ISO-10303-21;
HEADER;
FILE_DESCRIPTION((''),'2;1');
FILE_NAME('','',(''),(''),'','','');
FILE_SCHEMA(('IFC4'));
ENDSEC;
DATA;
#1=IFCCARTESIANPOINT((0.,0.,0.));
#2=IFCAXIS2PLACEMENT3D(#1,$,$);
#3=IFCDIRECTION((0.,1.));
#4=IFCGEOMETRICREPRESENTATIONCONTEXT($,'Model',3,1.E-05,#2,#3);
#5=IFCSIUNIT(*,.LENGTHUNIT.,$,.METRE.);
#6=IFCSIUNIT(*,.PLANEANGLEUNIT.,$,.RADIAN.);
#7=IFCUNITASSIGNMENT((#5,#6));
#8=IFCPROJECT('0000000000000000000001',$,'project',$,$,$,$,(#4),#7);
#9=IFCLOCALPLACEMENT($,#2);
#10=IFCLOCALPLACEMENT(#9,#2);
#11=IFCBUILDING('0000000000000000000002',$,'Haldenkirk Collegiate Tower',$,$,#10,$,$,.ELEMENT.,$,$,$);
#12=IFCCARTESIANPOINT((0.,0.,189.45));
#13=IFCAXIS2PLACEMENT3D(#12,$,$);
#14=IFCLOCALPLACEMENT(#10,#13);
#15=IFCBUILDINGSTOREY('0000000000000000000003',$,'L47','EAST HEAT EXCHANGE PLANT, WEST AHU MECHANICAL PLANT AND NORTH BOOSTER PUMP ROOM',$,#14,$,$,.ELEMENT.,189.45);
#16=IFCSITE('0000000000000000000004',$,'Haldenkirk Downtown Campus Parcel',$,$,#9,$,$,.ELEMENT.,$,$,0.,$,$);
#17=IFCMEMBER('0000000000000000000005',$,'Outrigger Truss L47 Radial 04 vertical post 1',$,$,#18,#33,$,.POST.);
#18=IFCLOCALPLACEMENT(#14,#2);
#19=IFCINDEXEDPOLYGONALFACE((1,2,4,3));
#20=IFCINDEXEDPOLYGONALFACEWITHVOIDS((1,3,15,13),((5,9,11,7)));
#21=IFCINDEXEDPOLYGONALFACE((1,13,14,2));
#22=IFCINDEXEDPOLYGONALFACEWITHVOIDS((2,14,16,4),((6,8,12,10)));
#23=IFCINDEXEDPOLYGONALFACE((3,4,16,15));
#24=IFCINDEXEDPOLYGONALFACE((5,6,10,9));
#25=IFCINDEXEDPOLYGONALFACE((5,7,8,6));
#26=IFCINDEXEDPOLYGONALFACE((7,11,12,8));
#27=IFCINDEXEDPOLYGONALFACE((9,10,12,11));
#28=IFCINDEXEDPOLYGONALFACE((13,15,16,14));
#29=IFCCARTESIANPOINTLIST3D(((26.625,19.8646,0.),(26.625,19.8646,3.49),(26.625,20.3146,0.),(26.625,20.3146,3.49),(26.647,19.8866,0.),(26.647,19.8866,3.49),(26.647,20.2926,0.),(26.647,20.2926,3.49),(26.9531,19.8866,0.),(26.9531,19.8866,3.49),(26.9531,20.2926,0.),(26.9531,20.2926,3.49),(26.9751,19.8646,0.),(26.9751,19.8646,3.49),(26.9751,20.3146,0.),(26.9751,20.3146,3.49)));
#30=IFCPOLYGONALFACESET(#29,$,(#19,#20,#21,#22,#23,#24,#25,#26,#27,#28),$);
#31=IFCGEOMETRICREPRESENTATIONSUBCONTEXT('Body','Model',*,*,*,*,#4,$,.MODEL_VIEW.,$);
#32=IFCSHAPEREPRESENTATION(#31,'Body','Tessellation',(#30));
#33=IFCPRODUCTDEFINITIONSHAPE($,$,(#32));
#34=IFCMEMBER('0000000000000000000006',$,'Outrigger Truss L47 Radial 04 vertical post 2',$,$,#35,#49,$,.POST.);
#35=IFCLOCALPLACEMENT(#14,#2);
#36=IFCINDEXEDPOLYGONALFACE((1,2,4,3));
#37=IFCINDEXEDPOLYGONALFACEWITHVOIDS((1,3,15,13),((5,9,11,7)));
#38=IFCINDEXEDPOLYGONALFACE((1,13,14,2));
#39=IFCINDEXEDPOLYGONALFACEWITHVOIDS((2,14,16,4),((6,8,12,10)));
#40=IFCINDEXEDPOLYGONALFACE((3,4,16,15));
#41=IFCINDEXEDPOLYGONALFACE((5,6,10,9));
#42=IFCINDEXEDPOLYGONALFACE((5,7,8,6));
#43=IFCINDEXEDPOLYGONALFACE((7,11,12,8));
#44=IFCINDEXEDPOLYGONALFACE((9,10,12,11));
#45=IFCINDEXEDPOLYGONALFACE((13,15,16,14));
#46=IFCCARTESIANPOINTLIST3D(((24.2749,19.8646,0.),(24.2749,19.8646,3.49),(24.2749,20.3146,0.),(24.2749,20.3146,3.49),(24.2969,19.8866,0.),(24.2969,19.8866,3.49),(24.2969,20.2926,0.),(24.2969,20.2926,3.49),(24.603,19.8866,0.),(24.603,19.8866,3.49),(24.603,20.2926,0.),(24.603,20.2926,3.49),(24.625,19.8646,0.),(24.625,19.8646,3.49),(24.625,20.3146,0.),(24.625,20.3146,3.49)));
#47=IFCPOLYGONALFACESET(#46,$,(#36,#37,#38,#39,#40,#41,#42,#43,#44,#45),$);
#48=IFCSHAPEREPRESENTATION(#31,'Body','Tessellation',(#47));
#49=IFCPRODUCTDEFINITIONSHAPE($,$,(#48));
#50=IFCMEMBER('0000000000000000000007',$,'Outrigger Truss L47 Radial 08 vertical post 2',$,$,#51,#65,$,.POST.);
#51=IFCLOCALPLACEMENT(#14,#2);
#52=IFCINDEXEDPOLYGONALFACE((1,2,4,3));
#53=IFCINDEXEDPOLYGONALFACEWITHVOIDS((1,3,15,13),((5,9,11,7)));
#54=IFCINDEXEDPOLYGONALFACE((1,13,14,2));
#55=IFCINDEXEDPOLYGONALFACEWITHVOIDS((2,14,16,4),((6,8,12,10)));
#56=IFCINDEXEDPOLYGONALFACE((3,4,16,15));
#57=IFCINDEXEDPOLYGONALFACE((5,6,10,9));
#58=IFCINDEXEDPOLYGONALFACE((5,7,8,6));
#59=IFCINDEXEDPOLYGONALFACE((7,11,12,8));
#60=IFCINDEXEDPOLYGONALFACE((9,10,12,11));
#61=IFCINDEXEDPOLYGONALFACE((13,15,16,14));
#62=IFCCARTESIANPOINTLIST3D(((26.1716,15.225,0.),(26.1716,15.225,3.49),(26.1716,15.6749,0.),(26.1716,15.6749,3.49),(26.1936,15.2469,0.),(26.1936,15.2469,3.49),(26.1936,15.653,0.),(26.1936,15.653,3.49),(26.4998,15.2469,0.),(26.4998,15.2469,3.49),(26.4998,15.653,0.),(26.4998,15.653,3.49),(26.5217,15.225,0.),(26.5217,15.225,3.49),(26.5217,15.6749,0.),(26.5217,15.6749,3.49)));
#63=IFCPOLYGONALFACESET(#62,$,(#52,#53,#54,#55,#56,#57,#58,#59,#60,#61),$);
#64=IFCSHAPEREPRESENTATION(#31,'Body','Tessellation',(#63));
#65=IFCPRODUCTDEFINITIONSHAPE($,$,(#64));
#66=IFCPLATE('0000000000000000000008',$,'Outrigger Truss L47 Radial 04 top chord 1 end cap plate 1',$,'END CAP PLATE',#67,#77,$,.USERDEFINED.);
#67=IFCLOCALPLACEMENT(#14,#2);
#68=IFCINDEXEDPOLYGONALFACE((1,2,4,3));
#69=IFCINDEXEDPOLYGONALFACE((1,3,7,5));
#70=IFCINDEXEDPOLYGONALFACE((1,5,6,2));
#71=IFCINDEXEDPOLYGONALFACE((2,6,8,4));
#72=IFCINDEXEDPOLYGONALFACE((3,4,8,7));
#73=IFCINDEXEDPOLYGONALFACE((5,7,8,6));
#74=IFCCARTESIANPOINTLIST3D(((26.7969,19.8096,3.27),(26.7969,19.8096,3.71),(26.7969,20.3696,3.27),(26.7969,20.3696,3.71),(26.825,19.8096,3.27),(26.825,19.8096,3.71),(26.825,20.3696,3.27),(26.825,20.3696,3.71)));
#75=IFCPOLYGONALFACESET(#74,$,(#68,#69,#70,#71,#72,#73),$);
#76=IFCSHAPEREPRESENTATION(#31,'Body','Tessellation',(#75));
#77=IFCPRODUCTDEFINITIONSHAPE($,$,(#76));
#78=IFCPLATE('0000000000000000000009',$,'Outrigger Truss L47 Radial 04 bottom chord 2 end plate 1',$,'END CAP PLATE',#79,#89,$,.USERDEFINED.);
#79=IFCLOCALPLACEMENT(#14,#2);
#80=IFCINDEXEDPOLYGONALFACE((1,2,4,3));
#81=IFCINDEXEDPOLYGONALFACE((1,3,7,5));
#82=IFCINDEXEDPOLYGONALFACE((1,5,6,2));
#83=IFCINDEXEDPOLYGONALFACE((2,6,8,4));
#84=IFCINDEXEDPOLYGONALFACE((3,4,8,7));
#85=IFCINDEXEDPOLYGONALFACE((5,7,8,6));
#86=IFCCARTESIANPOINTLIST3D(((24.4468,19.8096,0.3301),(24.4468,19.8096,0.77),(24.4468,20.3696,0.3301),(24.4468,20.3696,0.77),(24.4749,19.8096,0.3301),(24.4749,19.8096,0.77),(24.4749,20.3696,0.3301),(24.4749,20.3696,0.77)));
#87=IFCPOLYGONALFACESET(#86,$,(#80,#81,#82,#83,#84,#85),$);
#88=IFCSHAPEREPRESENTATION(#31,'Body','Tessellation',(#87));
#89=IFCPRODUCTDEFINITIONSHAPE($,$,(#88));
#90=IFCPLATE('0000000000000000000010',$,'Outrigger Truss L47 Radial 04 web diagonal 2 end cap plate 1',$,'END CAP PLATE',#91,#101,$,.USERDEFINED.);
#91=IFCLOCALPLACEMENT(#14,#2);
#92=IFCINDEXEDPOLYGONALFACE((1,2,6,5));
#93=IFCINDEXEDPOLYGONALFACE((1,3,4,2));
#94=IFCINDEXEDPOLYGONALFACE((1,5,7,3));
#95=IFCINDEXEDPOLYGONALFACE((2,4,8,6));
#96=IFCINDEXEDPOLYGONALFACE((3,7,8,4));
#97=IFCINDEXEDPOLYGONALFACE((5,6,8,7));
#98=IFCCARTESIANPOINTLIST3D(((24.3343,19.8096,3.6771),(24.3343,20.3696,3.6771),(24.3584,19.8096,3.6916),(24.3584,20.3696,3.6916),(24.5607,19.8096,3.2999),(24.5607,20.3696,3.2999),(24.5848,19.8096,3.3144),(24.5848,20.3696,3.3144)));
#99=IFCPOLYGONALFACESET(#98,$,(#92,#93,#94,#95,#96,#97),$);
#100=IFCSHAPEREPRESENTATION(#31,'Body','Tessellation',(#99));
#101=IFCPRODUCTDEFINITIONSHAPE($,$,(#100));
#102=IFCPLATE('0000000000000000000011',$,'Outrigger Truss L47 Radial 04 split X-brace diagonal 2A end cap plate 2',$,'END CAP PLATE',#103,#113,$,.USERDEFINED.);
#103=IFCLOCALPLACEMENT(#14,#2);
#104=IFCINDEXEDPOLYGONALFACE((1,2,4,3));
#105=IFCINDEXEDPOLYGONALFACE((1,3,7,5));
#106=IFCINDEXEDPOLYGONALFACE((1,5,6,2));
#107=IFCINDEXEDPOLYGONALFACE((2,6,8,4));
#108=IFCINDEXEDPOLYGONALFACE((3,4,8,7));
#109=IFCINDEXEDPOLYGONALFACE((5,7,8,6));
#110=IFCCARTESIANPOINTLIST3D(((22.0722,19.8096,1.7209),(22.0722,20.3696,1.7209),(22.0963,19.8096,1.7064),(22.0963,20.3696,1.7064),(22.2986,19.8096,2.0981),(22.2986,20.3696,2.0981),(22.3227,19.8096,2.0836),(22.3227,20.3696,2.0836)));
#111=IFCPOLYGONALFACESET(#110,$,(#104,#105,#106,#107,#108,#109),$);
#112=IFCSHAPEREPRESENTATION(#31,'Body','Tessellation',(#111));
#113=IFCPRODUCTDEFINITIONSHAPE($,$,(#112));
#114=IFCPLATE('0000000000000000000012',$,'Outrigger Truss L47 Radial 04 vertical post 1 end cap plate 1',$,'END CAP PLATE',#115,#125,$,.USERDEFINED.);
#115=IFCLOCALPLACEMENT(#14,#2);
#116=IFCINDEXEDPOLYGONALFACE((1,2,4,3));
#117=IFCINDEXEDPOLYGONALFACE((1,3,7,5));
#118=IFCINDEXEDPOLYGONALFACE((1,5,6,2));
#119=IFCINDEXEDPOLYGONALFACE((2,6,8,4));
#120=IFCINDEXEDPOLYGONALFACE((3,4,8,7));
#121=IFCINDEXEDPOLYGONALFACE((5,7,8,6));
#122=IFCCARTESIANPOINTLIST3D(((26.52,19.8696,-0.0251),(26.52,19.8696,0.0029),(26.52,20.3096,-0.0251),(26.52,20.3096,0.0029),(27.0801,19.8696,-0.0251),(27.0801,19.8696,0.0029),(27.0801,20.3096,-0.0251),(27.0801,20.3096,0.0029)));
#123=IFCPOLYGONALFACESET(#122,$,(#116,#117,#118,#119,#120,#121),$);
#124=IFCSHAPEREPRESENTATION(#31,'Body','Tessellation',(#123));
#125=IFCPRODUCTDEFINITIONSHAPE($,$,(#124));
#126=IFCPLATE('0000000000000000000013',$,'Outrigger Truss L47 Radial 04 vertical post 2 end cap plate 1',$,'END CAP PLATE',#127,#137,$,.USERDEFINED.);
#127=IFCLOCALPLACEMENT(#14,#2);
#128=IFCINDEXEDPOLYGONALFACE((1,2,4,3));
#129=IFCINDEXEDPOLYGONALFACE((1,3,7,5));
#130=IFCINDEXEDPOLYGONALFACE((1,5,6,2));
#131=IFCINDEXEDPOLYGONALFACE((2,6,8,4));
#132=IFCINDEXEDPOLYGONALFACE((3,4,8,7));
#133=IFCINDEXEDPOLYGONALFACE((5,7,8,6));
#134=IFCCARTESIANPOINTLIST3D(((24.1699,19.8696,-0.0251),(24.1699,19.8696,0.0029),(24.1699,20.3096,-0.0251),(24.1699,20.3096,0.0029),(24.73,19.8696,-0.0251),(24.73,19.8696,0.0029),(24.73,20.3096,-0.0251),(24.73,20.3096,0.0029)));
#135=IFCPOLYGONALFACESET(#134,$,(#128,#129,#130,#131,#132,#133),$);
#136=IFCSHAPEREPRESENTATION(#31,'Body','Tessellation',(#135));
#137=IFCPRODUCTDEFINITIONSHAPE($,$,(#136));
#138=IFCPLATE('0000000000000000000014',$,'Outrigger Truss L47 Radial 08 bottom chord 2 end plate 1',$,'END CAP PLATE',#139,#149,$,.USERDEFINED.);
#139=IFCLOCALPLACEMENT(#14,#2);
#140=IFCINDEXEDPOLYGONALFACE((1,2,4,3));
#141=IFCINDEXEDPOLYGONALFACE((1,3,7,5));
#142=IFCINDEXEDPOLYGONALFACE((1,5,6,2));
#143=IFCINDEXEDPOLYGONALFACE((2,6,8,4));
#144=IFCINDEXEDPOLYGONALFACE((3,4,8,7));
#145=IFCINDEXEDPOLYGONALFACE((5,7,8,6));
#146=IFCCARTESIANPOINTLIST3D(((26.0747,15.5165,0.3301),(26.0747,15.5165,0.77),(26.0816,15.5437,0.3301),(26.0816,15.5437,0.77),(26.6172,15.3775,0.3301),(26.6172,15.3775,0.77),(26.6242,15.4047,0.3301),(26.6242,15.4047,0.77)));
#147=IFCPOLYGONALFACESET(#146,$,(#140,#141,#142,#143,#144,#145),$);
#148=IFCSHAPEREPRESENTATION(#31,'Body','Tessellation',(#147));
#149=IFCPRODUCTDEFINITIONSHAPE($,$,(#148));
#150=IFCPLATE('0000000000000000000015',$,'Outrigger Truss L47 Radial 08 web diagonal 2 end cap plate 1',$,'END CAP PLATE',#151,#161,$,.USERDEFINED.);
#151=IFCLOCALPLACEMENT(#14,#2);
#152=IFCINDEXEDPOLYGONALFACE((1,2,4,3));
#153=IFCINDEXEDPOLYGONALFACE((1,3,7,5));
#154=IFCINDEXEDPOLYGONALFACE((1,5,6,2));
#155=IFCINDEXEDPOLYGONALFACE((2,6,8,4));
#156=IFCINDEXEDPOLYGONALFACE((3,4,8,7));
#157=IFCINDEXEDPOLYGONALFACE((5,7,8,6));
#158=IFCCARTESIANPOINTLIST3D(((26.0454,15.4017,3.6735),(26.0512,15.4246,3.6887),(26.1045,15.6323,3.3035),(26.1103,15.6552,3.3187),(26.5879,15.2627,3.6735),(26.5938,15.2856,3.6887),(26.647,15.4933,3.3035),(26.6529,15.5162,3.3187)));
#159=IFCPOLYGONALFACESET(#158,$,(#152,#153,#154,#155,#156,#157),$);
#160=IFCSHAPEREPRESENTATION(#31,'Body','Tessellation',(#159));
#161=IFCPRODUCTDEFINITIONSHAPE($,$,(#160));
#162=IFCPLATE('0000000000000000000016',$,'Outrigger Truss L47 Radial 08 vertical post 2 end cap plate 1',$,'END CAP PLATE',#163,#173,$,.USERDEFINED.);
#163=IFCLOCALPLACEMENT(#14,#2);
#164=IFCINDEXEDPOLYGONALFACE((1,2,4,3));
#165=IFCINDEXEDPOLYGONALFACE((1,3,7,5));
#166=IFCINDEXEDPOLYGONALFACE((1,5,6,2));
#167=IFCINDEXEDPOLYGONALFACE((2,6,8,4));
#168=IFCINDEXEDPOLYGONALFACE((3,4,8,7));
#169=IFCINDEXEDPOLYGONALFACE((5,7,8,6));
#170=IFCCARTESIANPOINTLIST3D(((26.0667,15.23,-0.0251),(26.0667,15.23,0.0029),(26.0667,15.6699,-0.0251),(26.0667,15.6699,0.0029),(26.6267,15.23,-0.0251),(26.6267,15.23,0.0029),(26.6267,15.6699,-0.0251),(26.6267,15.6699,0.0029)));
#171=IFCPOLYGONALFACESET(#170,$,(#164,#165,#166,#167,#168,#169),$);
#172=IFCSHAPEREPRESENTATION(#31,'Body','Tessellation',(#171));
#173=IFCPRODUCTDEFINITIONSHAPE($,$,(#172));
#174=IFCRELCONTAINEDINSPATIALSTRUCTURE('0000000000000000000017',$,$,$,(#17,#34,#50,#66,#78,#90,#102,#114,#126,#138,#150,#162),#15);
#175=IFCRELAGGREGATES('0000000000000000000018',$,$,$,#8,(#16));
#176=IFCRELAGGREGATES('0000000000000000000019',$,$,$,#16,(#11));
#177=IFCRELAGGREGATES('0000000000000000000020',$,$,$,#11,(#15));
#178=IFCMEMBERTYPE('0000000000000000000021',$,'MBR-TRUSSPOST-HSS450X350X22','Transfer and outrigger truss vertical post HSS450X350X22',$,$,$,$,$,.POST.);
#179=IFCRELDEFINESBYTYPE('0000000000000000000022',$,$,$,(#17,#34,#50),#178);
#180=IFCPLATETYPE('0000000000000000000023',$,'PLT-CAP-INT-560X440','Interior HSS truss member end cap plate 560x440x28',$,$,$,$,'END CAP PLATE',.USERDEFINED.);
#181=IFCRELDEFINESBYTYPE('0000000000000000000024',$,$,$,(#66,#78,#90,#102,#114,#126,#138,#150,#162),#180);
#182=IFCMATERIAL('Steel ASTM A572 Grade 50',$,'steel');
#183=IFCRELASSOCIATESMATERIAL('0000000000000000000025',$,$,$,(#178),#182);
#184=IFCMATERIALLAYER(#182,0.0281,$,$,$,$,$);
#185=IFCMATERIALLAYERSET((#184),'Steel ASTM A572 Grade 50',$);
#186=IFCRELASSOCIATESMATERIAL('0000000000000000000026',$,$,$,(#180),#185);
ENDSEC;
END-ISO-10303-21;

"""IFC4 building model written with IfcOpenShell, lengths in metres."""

from ifc_helpers import new_model, si_unit, direction, frame, origin, origin_2d, place, context, subcontext, project, spatial, rectangle, hollow_rectangle, extrude, source, transform, mapped, material, layer, layer_set, material_profile, profile_set, type_object, element, save


model = new_model("IFC4")

# Units and contexts
model_context = context("Model", 3, precision=1e-05, world=origin(), true_north=direction((0.0, 1.0)))
body_context = subcontext(model_context, "Body", "Model", "MODEL_VIEW")
ifc_project = project(units=[si_unit("LENGTHUNIT", "METRE"), si_unit("PLANEANGLEUNIT", "RADIAN")], contexts=[model_context])

# Site, building, storey
site_placement = place(None, origin())
site = spatial("IfcSite", under=ifc_project, at=site_placement, Name="Haldenkirk Downtown Campus Parcel", CompositionType="ELEMENT", RefElevation=0.0)
building_placement = place(site_placement, origin())
building = spatial("IfcBuilding", under=site, at=building_placement, Name="Haldenkirk Collegiate Tower", CompositionType="ELEMENT")
storey_placement = place(building_placement, frame((0.0, 0.0, 189.45)))
storey = spatial("IfcBuildingStorey", under=building, at=storey_placement, Name="L47", Description="EAST HEAT EXCHANGE PLANT, WEST AHU MECHANICAL PLANT AND NORTH BOOSTER PUMP ROOM", CompositionType="ELEMENT", Elevation=189.45)

# Members
ifc_material_1 = material(Name="Steel ASTM A572 Grade 50", Category="steel")
ifc_material_profile_1 = material_profile(ifc_material_1, hollow_rectangle(XDim=0.3501, YDim=0.45, WallThickness=0.022, at=origin_2d()), Name="HSS450X350X22")
ifc_profile_set_1 = profile_set([ifc_material_profile_1], Name="Steel ASTM A572 Grade 50")
member_type_1 = type_object("IfcMemberType", Name="MBR-TRUSSPOST-HSS450X350X22", Description="Transfer and outrigger truss vertical post HSS450X350X22", PredefinedType="POST", material=ifc_profile_set_1)
for number, where, z_axis, x_axis, name in (
    (1, (26.8, 20.0896, 0.0), (0.0, 0.0, 1.0), (1.0, 0.0, 0.0), "Outrigger Truss L47 Radial 04 vertical post 1"),
    (2, (24.45, 20.0896, 0.0), (0.0, 0.0, 1.0), (1.0, 0.0, 0.0), "Outrigger Truss L47 Radial 04 vertical post 2"),
    (3, (26.3467, 15.45, 0.0), (0.0, 0.0, 1.0), (1.0, 0.0, 0.0), "Outrigger Truss L47 Radial 08 vertical post 2"),
):
    element("IfcMember", number, at=place(storey_placement, frame(where, z_axis=z_axis, x_axis=x_axis)), inside=storey, type_object=member_type_1, Name=name, PredefinedType="POST", context=body_context, shape_type="SweptSolid", body=[
        extrude(hollow_rectangle(XDim=0.3501, YDim=0.45, WallThickness=0.022, at=origin_2d()), origin(), (0.0, 0.0, 1.0), 3.49),
    ])

# Plates
ifc_layer_1 = layer(ifc_material_1, 0.0281)
ifc_layer_set_1 = layer_set([ifc_layer_1], Name="Steel ASTM A572 Grade 50")
plate_type = type_object("IfcPlateType", Name="PLT-CAP-INT-560X440", Description="Interior HSS truss member end cap plate 560x440x28", ElementType="END CAP PLATE", PredefinedType="USERDEFINED", material=ifc_layer_set_1)
shared_shape = source(origin(), body_context, "Body", "SweptSolid", [
    extrude(rectangle(XDim=0.5601, YDim=0.4399, at=origin_2d()), origin(), (0.0, 0.0, 1.0), 0.0281),
])
for number, where, z_axis, x_axis, name in (
    (4, (26.7969, 20.0896, 3.49), (1.0, 0.0, 0.0), (0.0, 1.0, 0.0), "Outrigger Truss L47 Radial 04 top chord 1 end cap plate 1"),
    (5, (24.4468, 20.0896, 0.55), (1.0, 0.0, 0.0), (0.0, 1.0, 0.0), "Outrigger Truss L47 Radial 04 bottom chord 2 end plate 1"),
    (6, (24.4475, 20.0896, 3.4885), (0.857386, 0.0, 0.514673), (0.0, 1.0, 0.0), "Outrigger Truss L47 Radial 04 web diagonal 2 end cap plate 1"),
    (7, (22.2095, 20.0896, 1.895), (-0.857385, 0.0, 0.514676), (0.0, -1.0, 0.0), "Outrigger Truss L47 Radial 04 split X-brace diagonal 2A end cap plate 2"),
    (8, (26.8, 20.0896, 0.0029), (0.0, 0.0, -1.0), (1.0, 0.0, 0.0), "Outrigger Truss L47 Radial 04 vertical post 1 end cap plate 1"),
    (9, (24.45, 20.0896, 0.0029), (0.0, 0.0, -1.0), (1.0, 0.0, 0.0), "Outrigger Truss L47 Radial 04 vertical post 2 end cap plate 1"),
    (10, (26.3459, 15.447, 0.55), (0.248208, 0.968707, 0.0), (-0.968707, 0.248208, 0.0), "Outrigger Truss L47 Radial 08 bottom chord 2 end plate 1"),
    (11, (26.3462, 15.4475, 3.4885), (0.208758, 0.814679, 0.541034), (-0.968702, 0.248226, 0.0), "Outrigger Truss L47 Radial 08 web diagonal 2 end cap plate 1"),
    (12, (26.3467, 15.45, 0.0029), (0.0, 0.0, -1.0), (1.0, 0.0, 0.0), "Outrigger Truss L47 Radial 08 vertical post 2 end cap plate 1"),
):
    element("IfcPlate", number, at=place(storey_placement, frame(where, z_axis=z_axis, x_axis=x_axis)), inside=storey, type_object=plate_type, Name=name, ObjectType="END CAP PLATE", PredefinedType="USERDEFINED", context=body_context, shape_type="MappedRepresentation", body=[
        mapped(shared_shape, transform((0.0, 0.0, 0.0), x_axis=(1.0, 0.0, 0.0), y_axis=(0.0, 1.0, 0.0), z_axis=(0.0, 0.0, 1.0), scale=1.0)),
    ])

save(model, "model.ifc")
